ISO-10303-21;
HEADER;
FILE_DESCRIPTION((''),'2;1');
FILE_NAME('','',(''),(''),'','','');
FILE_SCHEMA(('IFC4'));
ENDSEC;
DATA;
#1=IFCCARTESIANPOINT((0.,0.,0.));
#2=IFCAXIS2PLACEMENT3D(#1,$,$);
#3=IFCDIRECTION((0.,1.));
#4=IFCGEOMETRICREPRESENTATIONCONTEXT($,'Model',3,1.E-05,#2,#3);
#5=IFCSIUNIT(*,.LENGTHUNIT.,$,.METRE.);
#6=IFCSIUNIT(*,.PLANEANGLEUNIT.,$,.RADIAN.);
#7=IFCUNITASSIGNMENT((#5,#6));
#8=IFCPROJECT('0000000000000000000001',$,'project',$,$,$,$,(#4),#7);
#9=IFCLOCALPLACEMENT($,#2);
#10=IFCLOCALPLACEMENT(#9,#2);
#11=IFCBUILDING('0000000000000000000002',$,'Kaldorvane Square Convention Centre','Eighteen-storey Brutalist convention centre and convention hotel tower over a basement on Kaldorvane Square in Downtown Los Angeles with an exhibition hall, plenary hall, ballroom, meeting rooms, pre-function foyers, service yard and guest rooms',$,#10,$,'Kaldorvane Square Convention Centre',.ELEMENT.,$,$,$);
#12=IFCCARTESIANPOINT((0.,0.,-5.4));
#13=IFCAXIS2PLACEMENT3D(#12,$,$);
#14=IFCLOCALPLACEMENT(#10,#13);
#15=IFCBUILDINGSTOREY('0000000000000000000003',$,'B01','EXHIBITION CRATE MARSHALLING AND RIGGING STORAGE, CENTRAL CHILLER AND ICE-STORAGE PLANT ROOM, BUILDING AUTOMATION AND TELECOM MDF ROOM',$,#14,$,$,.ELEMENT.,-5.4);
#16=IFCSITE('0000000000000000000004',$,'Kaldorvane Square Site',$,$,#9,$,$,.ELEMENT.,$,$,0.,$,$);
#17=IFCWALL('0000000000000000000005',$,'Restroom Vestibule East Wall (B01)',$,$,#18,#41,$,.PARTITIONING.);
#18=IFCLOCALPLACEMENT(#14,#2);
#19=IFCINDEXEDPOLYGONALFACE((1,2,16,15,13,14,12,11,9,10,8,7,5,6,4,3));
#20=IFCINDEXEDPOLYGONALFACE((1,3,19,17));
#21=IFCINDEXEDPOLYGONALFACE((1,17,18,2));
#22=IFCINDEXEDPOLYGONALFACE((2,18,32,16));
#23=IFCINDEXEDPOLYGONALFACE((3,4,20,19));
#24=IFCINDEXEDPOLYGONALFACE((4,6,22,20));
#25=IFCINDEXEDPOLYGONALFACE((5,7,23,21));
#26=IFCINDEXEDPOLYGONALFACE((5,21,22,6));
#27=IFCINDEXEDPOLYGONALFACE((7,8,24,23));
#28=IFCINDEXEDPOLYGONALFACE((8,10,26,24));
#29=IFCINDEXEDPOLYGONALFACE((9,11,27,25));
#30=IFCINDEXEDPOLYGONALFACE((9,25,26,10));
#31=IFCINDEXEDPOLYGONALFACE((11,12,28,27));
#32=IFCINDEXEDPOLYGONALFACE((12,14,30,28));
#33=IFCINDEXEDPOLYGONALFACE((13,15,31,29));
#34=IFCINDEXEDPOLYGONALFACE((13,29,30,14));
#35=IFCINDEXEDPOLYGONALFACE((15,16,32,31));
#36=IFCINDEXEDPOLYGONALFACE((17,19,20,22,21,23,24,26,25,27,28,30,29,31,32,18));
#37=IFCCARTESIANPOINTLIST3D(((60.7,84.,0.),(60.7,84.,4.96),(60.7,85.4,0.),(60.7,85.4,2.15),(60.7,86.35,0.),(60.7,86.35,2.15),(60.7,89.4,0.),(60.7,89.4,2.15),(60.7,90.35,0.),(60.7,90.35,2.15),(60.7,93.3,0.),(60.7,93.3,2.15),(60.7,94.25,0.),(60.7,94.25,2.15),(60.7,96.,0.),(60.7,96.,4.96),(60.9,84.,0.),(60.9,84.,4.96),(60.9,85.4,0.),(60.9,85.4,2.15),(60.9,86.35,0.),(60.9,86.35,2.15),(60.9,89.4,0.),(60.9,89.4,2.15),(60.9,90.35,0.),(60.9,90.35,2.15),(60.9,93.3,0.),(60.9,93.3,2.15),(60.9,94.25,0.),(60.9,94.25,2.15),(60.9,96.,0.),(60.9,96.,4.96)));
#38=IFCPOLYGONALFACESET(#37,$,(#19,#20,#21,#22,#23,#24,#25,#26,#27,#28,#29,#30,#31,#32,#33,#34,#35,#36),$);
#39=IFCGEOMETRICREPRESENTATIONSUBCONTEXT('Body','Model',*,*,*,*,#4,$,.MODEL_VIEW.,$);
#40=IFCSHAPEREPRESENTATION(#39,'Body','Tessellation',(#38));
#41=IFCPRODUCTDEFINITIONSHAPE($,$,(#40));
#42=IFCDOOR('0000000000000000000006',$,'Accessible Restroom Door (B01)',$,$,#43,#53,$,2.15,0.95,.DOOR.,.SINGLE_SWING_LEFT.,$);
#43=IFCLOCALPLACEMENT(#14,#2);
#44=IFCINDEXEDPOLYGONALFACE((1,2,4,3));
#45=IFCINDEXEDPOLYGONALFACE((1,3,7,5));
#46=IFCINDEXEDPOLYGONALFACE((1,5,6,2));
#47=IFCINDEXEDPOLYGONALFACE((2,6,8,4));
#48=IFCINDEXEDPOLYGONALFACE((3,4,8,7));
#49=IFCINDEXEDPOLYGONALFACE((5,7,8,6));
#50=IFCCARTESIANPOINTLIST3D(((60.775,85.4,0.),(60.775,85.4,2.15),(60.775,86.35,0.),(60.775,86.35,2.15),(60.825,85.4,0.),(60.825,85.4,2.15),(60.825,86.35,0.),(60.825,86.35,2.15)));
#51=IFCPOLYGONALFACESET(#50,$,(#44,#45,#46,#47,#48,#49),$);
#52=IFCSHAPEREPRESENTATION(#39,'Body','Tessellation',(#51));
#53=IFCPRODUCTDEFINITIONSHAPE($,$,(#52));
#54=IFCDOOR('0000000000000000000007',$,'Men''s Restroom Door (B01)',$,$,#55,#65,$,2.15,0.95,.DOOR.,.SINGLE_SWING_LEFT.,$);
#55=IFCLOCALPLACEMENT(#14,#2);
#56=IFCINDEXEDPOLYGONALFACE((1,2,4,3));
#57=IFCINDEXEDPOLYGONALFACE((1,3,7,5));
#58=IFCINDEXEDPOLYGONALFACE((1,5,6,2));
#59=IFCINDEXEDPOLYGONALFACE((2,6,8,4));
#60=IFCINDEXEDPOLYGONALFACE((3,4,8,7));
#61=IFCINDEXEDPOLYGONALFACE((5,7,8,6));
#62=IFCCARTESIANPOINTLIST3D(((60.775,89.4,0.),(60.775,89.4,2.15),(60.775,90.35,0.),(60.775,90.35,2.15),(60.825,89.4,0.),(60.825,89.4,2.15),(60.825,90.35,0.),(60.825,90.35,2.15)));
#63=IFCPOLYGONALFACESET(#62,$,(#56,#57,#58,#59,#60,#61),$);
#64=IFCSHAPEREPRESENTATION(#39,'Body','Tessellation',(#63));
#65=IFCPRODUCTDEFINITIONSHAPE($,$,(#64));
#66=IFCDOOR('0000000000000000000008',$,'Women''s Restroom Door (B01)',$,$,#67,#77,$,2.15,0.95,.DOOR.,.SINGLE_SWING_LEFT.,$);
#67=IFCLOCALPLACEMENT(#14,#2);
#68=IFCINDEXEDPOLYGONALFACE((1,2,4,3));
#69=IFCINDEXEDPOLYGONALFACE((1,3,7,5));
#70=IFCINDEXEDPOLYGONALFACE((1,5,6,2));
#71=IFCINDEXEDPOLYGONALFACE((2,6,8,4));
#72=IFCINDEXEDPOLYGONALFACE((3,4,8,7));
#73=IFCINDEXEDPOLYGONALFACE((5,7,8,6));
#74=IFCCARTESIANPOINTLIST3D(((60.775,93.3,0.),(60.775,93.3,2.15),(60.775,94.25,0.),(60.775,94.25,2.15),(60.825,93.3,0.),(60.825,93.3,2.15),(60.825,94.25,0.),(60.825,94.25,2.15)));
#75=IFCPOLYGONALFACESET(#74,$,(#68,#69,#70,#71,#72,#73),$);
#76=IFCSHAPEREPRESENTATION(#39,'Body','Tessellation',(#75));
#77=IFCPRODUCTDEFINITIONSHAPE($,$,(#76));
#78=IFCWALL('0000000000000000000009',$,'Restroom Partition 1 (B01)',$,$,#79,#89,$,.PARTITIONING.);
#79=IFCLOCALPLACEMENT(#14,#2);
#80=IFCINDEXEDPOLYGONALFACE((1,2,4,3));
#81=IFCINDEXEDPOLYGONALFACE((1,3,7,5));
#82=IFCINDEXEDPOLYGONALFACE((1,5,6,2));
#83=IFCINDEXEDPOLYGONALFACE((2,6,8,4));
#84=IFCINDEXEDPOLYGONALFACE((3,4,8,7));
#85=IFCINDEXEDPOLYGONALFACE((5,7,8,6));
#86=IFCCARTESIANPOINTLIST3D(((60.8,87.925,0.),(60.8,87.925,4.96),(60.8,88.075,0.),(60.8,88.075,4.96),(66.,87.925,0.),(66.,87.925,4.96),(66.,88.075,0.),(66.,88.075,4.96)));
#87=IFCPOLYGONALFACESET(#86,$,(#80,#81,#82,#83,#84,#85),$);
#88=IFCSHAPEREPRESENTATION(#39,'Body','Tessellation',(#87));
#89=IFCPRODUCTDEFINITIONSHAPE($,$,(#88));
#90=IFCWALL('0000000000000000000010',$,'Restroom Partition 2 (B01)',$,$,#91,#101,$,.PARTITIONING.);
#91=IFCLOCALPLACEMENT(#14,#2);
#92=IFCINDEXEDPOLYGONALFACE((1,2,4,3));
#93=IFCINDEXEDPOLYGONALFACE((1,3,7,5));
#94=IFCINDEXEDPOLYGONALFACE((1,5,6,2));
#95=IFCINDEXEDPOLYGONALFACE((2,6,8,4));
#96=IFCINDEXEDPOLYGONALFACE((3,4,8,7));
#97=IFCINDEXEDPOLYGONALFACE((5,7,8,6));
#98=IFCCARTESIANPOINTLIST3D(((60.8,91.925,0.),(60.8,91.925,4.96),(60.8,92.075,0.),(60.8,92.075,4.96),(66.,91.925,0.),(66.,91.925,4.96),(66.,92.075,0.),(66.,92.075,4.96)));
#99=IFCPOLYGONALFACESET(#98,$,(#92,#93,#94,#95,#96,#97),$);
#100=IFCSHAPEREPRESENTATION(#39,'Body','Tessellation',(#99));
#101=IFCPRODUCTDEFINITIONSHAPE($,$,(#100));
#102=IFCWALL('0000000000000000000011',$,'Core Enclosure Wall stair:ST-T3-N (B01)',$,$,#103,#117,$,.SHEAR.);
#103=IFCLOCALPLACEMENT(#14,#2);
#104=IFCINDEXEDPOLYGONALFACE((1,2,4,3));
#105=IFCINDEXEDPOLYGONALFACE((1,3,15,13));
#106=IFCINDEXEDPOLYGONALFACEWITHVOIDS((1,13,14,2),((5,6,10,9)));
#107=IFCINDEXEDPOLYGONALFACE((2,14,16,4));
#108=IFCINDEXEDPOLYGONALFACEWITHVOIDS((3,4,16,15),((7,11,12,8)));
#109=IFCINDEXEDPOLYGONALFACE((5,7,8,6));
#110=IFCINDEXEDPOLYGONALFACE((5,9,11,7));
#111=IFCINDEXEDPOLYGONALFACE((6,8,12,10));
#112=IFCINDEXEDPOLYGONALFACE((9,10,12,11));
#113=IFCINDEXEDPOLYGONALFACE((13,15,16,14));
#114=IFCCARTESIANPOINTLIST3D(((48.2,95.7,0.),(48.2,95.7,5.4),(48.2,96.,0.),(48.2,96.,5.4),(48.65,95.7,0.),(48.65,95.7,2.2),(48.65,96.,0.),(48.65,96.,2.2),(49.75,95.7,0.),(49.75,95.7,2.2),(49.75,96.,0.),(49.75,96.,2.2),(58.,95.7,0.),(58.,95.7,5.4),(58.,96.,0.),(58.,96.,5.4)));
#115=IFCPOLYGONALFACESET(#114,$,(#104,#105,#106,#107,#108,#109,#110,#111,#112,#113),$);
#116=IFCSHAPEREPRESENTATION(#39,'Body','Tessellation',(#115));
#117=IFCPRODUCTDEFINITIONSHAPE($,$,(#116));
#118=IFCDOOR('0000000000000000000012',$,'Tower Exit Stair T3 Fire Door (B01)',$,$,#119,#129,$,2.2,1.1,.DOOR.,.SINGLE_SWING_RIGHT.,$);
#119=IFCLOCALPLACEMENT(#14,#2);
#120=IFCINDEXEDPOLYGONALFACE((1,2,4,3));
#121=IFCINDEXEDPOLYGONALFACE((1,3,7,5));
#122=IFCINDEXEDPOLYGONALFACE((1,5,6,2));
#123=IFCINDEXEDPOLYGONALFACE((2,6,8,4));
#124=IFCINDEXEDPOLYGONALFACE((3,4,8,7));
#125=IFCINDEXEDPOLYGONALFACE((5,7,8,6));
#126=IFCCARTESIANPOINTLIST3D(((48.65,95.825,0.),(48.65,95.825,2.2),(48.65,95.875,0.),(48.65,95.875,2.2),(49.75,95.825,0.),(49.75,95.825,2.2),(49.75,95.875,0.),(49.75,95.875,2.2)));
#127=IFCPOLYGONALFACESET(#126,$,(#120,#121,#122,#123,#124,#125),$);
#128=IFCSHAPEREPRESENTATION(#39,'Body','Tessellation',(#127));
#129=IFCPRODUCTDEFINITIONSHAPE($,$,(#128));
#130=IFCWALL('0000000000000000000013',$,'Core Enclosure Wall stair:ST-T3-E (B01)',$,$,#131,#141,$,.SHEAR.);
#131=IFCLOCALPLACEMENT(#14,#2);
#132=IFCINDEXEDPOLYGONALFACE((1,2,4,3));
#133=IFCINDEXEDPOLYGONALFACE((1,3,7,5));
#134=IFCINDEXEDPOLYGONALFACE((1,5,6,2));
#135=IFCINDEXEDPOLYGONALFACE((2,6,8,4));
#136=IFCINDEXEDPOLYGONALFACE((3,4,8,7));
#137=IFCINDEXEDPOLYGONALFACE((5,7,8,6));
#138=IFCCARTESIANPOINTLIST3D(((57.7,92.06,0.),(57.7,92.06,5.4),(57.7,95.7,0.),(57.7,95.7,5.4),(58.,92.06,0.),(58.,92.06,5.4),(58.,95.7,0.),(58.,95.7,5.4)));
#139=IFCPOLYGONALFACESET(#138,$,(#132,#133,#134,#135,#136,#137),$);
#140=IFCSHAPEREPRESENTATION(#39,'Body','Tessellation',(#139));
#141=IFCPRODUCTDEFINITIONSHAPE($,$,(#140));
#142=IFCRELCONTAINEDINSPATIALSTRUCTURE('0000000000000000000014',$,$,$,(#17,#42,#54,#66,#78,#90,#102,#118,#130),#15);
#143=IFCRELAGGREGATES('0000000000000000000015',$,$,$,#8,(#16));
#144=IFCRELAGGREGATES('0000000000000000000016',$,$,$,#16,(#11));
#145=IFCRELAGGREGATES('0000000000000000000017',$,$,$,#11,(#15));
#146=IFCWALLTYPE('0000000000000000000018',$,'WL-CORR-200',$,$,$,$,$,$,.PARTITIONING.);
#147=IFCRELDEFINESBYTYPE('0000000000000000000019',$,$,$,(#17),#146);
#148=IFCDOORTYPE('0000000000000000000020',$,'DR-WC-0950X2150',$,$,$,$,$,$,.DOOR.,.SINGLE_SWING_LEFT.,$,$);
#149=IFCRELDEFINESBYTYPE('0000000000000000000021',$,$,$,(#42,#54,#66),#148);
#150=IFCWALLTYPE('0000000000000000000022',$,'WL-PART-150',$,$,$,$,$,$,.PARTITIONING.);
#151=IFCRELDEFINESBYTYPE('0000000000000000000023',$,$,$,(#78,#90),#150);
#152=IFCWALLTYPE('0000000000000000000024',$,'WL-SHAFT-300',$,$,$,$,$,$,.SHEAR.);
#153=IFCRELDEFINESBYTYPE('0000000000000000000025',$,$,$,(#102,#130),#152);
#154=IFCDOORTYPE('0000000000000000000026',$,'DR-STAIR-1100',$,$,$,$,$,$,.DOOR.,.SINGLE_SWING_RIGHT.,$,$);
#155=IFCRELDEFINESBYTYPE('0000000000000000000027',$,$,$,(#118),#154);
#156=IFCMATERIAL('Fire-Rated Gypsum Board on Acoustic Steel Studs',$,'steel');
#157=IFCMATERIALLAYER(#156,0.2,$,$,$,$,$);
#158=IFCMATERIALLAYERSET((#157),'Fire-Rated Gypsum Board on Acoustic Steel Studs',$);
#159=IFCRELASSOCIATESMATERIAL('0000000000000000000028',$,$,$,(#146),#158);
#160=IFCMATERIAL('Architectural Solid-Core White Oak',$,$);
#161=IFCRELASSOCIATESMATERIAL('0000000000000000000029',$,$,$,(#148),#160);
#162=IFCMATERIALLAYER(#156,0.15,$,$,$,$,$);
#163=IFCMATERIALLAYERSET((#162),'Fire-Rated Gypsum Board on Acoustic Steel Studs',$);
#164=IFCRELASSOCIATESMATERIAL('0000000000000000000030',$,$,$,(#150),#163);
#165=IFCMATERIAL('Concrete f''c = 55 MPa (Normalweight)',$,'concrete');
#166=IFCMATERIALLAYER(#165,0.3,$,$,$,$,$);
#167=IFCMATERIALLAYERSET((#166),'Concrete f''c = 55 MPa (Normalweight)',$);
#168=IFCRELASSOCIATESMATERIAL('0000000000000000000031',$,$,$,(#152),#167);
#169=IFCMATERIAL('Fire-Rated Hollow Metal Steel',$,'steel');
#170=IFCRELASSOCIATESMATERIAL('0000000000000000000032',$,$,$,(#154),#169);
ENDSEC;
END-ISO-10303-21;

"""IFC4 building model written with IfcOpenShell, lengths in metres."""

from ifc_helpers import new_model, si_unit, direction, frame, frame_2d, origin, place, context, subcontext, project, spatial, rectangle, extrude, material, layer, layer_set, type_object, element, fill, save


model = new_model("IFC4")

# Units and contexts
model_context = context("Model", 3, precision=1e-05, world=origin(), true_north=direction((0.0, 1.0)))
body_context = subcontext(model_context, "Body", "Model", "MODEL_VIEW")
ifc_project = project(units=[si_unit("LENGTHUNIT", "METRE"), si_unit("PLANEANGLEUNIT", "RADIAN")], contexts=[model_context])

# Site, building, storey
site_placement = place(None, origin())
site = spatial("IfcSite", under=ifc_project, at=site_placement, Name="Kaldorvane Square Site", CompositionType="ELEMENT", RefElevation=0.0)
building_placement = place(site_placement, origin())
building = spatial("IfcBuilding", under=site, at=building_placement, Name="Kaldorvane Square Convention Centre", Description="Eighteen-storey Brutalist convention centre and convention hotel tower over a basement on Kaldorvane Square in Downtown Los Angeles with an exhibition hall, plenary hall, ballroom, meeting rooms, pre-function foyers, service yard and guest rooms", LongName="Kaldorvane Square Convention Centre", CompositionType="ELEMENT")
storey_placement = place(building_placement, frame((0.0, 0.0, -5.4)))
storey = spatial("IfcBuildingStorey", under=building, at=storey_placement, Name="B01", Description="EXHIBITION CRATE MARSHALLING AND RIGGING STORAGE, CENTRAL CHILLER AND ICE-STORAGE PLANT ROOM, BUILDING AUTOMATION AND TELECOM MDF ROOM", CompositionType="ELEMENT", Elevation=-5.4)

# Shared definitions
ifc_material_1 = material(Name="Fire-Rated Gypsum Board on Acoustic Steel Studs", Category="steel")
ifc_layer_1 = layer(ifc_material_1, 0.2)
ifc_layer_set_1 = layer_set([ifc_layer_1], Name="Fire-Rated Gypsum Board on Acoustic Steel Studs")
wall_type_1 = type_object("IfcWallType", Name="WL-CORR-200", PredefinedType="PARTITIONING", material=ifc_layer_set_1)
ifc_material_2 = material(Name="Architectural Solid-Core White Oak")
door_type_1 = type_object("IfcDoorType", Name="DR-WC-0950X2150", OperationType="SINGLE_SWING_LEFT", PredefinedType="DOOR", material=ifc_material_2)

# Wall, openings, doors
wall_1_placement = place(storey_placement, frame((60.8, 84.0, 0.0), z_axis=(0.0, 0.0, 1.0), x_axis=(0.0, 1.0, 0.0)))
wall_1 = element("IfcWall", 1, at=wall_1_placement, inside=storey, type_object=wall_type_1, Name="Restroom Vestibule East Wall (B01)", PredefinedType="PARTITIONING", context=body_context, shape_type="SweptSolid", body=[
    extrude(rectangle(XDim=12.0, YDim=0.2, at=frame_2d((6.0, 0.0))), origin(), (0.0, 0.0, 1.0), 4.96),
])
opening_1_placement = place(wall_1_placement, frame((1.4, 0.0, 0.0)))
opening_1 = element("IfcOpeningElement", 2, at=opening_1_placement, cuts=wall_1, PredefinedType="OPENING", context=body_context, shape_type="SweptSolid", body=[
    extrude(rectangle(XDim=0.95, YDim=2.15, at=frame_2d((0.475, 1.075))), frame((0.0, 0.115, 0.0), z_axis=(0.0, -1.0, 0.0), x_axis=(1.0, 0.0, 0.0)), (0.0, 0.0, 1.0), 0.23),
])
opening_2_placement = place(wall_1_placement, frame((5.4, 0.0, 0.0)))
opening_2 = element("IfcOpeningElement", 3, at=opening_2_placement, cuts=wall_1, PredefinedType="OPENING", context=body_context, shape_type="SweptSolid", body=[
    extrude(rectangle(XDim=0.95, YDim=2.15, at=frame_2d((0.475, 1.075))), frame((0.0, 0.115, 0.0), z_axis=(0.0, -1.0, 0.0), x_axis=(1.0, 0.0, 0.0)), (0.0, 0.0, 1.0), 0.23),
])
opening_3_placement = place(wall_1_placement, frame((9.3, 0.0, 0.0)))
opening_3 = element("IfcOpeningElement", 4, at=opening_3_placement, cuts=wall_1, PredefinedType="OPENING", context=body_context, shape_type="SweptSolid", body=[
    extrude(rectangle(XDim=0.95, YDim=2.15, at=frame_2d((0.475, 1.075))), frame((0.0, 0.115, 0.0), z_axis=(0.0, -1.0, 0.0), x_axis=(1.0, 0.0, 0.0)), (0.0, 0.0, 1.0), 0.23),
])
door_1_placement = place(opening_1_placement, origin())
door_1 = element("IfcDoor", 5, at=door_1_placement, inside=storey, type_object=door_type_1, Name="Accessible Restroom Door (B01)", OperationType="SINGLE_SWING_LEFT", OverallHeight=2.15, OverallWidth=0.95, PredefinedType="DOOR", context=body_context, shape_type="SweptSolid", body=[
    extrude(rectangle(XDim=0.95, YDim=2.15, at=frame_2d((0.475, 1.075))), frame((0.0, 0.025, 0.0), z_axis=(0.0, -1.0, 0.0), x_axis=(1.0, 0.0, 0.0)), (0.0, 0.0, 1.0), 0.05),
])
fill(opening_1, door_1)
door_2_placement = place(opening_2_placement, origin())
door_2 = element("IfcDoor", 6, at=door_2_placement, inside=storey, type_object=door_type_1, Name="Men's Restroom Door (B01)", OperationType="SINGLE_SWING_LEFT", OverallHeight=2.15, OverallWidth=0.95, PredefinedType="DOOR", context=body_context, shape_type="SweptSolid", body=[
    extrude(rectangle(XDim=0.95, YDim=2.15, at=frame_2d((0.475, 1.075))), frame((0.0, 0.025, 0.0), z_axis=(0.0, -1.0, 0.0), x_axis=(1.0, 0.0, 0.0)), (0.0, 0.0, 1.0), 0.05),
])
fill(opening_2, door_2)
door_3_placement = place(opening_3_placement, origin())
door_3 = element("IfcDoor", 7, at=door_3_placement, inside=storey, type_object=door_type_1, Name="Women's Restroom Door (B01)", OperationType="SINGLE_SWING_LEFT", OverallHeight=2.15, OverallWidth=0.95, PredefinedType="DOOR", context=body_context, shape_type="SweptSolid", body=[
    extrude(rectangle(XDim=0.95, YDim=2.15, at=frame_2d((0.475, 1.075))), frame((0.0, 0.025, 0.0), z_axis=(0.0, -1.0, 0.0), x_axis=(1.0, 0.0, 0.0)), (0.0, 0.0, 1.0), 0.05),
])
fill(opening_3, door_3)

# Walls
ifc_layer_2 = layer(ifc_material_1, 0.15)
ifc_layer_set_2 = layer_set([ifc_layer_2], Name="Fire-Rated Gypsum Board on Acoustic Steel Studs")
wall_type_2 = type_object("IfcWallType", Name="WL-PART-150", PredefinedType="PARTITIONING", material=ifc_layer_set_2)
for number, where, z_axis, x_axis, name in (
    (8, (60.8, 88.0, 0.0), (0.0, 0.0, 1.0), (1.0, 0.0, 0.0), "Restroom Partition 1 (B01)"),
    (9, (60.8, 92.0, 0.0), (0.0, 0.0, 1.0), (1.0, 0.0, 0.0), "Restroom Partition 2 (B01)"),
):
    element("IfcWall", number, at=place(storey_placement, frame(where, z_axis=z_axis, x_axis=x_axis)), inside=storey, type_object=wall_type_2, Name=name, PredefinedType="PARTITIONING", context=body_context, shape_type="SweptSolid", body=[
        extrude(rectangle(XDim=5.2, YDim=0.15, at=frame_2d((2.6, 0.0))), origin(), (0.0, 0.0, 1.0), 4.96),
    ])

# Wall, opening, door
ifc_material_3 = material(Name="Concrete f'c = 55 MPa (Normalweight)", Category="concrete")
ifc_layer_3 = layer(ifc_material_3, 0.3)
ifc_layer_set_3 = layer_set([ifc_layer_3], Name="Concrete f'c = 55 MPa (Normalweight)")
wall_type_3 = type_object("IfcWallType", Name="WL-SHAFT-300", PredefinedType="SHEAR", material=ifc_layer_set_3)
wall_2_placement = place(storey_placement, frame((58.0, 95.85, 0.0), z_axis=(0.0, 0.0, 1.0), x_axis=(-1.0, 0.0, 0.0)))
wall_2 = element("IfcWall", 10, at=wall_2_placement, inside=storey, type_object=wall_type_3, Name="Core Enclosure Wall stair:ST-T3-N (B01)", PredefinedType="SHEAR", context=body_context, shape_type="SweptSolid", body=[
    extrude(rectangle(XDim=9.8, YDim=0.3, at=frame_2d((4.9, 0.0))), origin(), (0.0, 0.0, 1.0), 5.4),
])
opening_4_placement = place(wall_2_placement, frame((8.25, 0.0, 0.0)))
opening_4 = element("IfcOpeningElement", 11, at=opening_4_placement, cuts=wall_2, PredefinedType="OPENING", context=body_context, shape_type="SweptSolid", body=[
    extrude(rectangle(XDim=1.1, YDim=2.2, at=frame_2d((0.55, 1.1))), frame((0.0, 0.165, 0.0), z_axis=(0.0, -1.0, 0.0), x_axis=(1.0, 0.0, 0.0)), (0.0, 0.0, 1.0), 0.33),
])
ifc_material_4 = material(Name="Fire-Rated Hollow Metal Steel", Category="steel")
door_type_2 = type_object("IfcDoorType", Name="DR-STAIR-1100", OperationType="SINGLE_SWING_RIGHT", PredefinedType="DOOR", material=ifc_material_4)
door_4_placement = place(opening_4_placement, origin())
door_4 = element("IfcDoor", 12, at=door_4_placement, inside=storey, type_object=door_type_2, Name="Tower Exit Stair T3 Fire Door (B01)", OperationType="SINGLE_SWING_RIGHT", OverallHeight=2.2, OverallWidth=1.1, PredefinedType="DOOR", context=body_context, shape_type="SweptSolid", body=[
    extrude(rectangle(XDim=1.1, YDim=2.2, at=frame_2d((0.55, 1.1))), frame((0.0, 0.025, 0.0), z_axis=(0.0, -1.0, 0.0), x_axis=(1.0, 0.0, 0.0)), (0.0, 0.0, 1.0), 0.05),
])
fill(opening_4, door_4)

# Wall
wall_3_placement = place(storey_placement, frame((57.85, 92.06, 0.0), z_axis=(0.0, 0.0, 1.0), x_axis=(0.0, 1.0, 0.0)))
element("IfcWall", 13, at=wall_3_placement, inside=storey, type_object=wall_type_3, Name="Core Enclosure Wall stair:ST-T3-E (B01)", PredefinedType="SHEAR", context=body_context, shape_type="SweptSolid", body=[
    extrude(rectangle(XDim=3.64, YDim=0.3, at=frame_2d((1.82, 0.0))), origin(), (0.0, 0.0, 1.0), 5.4),
])

save(model, "model.ifc")
